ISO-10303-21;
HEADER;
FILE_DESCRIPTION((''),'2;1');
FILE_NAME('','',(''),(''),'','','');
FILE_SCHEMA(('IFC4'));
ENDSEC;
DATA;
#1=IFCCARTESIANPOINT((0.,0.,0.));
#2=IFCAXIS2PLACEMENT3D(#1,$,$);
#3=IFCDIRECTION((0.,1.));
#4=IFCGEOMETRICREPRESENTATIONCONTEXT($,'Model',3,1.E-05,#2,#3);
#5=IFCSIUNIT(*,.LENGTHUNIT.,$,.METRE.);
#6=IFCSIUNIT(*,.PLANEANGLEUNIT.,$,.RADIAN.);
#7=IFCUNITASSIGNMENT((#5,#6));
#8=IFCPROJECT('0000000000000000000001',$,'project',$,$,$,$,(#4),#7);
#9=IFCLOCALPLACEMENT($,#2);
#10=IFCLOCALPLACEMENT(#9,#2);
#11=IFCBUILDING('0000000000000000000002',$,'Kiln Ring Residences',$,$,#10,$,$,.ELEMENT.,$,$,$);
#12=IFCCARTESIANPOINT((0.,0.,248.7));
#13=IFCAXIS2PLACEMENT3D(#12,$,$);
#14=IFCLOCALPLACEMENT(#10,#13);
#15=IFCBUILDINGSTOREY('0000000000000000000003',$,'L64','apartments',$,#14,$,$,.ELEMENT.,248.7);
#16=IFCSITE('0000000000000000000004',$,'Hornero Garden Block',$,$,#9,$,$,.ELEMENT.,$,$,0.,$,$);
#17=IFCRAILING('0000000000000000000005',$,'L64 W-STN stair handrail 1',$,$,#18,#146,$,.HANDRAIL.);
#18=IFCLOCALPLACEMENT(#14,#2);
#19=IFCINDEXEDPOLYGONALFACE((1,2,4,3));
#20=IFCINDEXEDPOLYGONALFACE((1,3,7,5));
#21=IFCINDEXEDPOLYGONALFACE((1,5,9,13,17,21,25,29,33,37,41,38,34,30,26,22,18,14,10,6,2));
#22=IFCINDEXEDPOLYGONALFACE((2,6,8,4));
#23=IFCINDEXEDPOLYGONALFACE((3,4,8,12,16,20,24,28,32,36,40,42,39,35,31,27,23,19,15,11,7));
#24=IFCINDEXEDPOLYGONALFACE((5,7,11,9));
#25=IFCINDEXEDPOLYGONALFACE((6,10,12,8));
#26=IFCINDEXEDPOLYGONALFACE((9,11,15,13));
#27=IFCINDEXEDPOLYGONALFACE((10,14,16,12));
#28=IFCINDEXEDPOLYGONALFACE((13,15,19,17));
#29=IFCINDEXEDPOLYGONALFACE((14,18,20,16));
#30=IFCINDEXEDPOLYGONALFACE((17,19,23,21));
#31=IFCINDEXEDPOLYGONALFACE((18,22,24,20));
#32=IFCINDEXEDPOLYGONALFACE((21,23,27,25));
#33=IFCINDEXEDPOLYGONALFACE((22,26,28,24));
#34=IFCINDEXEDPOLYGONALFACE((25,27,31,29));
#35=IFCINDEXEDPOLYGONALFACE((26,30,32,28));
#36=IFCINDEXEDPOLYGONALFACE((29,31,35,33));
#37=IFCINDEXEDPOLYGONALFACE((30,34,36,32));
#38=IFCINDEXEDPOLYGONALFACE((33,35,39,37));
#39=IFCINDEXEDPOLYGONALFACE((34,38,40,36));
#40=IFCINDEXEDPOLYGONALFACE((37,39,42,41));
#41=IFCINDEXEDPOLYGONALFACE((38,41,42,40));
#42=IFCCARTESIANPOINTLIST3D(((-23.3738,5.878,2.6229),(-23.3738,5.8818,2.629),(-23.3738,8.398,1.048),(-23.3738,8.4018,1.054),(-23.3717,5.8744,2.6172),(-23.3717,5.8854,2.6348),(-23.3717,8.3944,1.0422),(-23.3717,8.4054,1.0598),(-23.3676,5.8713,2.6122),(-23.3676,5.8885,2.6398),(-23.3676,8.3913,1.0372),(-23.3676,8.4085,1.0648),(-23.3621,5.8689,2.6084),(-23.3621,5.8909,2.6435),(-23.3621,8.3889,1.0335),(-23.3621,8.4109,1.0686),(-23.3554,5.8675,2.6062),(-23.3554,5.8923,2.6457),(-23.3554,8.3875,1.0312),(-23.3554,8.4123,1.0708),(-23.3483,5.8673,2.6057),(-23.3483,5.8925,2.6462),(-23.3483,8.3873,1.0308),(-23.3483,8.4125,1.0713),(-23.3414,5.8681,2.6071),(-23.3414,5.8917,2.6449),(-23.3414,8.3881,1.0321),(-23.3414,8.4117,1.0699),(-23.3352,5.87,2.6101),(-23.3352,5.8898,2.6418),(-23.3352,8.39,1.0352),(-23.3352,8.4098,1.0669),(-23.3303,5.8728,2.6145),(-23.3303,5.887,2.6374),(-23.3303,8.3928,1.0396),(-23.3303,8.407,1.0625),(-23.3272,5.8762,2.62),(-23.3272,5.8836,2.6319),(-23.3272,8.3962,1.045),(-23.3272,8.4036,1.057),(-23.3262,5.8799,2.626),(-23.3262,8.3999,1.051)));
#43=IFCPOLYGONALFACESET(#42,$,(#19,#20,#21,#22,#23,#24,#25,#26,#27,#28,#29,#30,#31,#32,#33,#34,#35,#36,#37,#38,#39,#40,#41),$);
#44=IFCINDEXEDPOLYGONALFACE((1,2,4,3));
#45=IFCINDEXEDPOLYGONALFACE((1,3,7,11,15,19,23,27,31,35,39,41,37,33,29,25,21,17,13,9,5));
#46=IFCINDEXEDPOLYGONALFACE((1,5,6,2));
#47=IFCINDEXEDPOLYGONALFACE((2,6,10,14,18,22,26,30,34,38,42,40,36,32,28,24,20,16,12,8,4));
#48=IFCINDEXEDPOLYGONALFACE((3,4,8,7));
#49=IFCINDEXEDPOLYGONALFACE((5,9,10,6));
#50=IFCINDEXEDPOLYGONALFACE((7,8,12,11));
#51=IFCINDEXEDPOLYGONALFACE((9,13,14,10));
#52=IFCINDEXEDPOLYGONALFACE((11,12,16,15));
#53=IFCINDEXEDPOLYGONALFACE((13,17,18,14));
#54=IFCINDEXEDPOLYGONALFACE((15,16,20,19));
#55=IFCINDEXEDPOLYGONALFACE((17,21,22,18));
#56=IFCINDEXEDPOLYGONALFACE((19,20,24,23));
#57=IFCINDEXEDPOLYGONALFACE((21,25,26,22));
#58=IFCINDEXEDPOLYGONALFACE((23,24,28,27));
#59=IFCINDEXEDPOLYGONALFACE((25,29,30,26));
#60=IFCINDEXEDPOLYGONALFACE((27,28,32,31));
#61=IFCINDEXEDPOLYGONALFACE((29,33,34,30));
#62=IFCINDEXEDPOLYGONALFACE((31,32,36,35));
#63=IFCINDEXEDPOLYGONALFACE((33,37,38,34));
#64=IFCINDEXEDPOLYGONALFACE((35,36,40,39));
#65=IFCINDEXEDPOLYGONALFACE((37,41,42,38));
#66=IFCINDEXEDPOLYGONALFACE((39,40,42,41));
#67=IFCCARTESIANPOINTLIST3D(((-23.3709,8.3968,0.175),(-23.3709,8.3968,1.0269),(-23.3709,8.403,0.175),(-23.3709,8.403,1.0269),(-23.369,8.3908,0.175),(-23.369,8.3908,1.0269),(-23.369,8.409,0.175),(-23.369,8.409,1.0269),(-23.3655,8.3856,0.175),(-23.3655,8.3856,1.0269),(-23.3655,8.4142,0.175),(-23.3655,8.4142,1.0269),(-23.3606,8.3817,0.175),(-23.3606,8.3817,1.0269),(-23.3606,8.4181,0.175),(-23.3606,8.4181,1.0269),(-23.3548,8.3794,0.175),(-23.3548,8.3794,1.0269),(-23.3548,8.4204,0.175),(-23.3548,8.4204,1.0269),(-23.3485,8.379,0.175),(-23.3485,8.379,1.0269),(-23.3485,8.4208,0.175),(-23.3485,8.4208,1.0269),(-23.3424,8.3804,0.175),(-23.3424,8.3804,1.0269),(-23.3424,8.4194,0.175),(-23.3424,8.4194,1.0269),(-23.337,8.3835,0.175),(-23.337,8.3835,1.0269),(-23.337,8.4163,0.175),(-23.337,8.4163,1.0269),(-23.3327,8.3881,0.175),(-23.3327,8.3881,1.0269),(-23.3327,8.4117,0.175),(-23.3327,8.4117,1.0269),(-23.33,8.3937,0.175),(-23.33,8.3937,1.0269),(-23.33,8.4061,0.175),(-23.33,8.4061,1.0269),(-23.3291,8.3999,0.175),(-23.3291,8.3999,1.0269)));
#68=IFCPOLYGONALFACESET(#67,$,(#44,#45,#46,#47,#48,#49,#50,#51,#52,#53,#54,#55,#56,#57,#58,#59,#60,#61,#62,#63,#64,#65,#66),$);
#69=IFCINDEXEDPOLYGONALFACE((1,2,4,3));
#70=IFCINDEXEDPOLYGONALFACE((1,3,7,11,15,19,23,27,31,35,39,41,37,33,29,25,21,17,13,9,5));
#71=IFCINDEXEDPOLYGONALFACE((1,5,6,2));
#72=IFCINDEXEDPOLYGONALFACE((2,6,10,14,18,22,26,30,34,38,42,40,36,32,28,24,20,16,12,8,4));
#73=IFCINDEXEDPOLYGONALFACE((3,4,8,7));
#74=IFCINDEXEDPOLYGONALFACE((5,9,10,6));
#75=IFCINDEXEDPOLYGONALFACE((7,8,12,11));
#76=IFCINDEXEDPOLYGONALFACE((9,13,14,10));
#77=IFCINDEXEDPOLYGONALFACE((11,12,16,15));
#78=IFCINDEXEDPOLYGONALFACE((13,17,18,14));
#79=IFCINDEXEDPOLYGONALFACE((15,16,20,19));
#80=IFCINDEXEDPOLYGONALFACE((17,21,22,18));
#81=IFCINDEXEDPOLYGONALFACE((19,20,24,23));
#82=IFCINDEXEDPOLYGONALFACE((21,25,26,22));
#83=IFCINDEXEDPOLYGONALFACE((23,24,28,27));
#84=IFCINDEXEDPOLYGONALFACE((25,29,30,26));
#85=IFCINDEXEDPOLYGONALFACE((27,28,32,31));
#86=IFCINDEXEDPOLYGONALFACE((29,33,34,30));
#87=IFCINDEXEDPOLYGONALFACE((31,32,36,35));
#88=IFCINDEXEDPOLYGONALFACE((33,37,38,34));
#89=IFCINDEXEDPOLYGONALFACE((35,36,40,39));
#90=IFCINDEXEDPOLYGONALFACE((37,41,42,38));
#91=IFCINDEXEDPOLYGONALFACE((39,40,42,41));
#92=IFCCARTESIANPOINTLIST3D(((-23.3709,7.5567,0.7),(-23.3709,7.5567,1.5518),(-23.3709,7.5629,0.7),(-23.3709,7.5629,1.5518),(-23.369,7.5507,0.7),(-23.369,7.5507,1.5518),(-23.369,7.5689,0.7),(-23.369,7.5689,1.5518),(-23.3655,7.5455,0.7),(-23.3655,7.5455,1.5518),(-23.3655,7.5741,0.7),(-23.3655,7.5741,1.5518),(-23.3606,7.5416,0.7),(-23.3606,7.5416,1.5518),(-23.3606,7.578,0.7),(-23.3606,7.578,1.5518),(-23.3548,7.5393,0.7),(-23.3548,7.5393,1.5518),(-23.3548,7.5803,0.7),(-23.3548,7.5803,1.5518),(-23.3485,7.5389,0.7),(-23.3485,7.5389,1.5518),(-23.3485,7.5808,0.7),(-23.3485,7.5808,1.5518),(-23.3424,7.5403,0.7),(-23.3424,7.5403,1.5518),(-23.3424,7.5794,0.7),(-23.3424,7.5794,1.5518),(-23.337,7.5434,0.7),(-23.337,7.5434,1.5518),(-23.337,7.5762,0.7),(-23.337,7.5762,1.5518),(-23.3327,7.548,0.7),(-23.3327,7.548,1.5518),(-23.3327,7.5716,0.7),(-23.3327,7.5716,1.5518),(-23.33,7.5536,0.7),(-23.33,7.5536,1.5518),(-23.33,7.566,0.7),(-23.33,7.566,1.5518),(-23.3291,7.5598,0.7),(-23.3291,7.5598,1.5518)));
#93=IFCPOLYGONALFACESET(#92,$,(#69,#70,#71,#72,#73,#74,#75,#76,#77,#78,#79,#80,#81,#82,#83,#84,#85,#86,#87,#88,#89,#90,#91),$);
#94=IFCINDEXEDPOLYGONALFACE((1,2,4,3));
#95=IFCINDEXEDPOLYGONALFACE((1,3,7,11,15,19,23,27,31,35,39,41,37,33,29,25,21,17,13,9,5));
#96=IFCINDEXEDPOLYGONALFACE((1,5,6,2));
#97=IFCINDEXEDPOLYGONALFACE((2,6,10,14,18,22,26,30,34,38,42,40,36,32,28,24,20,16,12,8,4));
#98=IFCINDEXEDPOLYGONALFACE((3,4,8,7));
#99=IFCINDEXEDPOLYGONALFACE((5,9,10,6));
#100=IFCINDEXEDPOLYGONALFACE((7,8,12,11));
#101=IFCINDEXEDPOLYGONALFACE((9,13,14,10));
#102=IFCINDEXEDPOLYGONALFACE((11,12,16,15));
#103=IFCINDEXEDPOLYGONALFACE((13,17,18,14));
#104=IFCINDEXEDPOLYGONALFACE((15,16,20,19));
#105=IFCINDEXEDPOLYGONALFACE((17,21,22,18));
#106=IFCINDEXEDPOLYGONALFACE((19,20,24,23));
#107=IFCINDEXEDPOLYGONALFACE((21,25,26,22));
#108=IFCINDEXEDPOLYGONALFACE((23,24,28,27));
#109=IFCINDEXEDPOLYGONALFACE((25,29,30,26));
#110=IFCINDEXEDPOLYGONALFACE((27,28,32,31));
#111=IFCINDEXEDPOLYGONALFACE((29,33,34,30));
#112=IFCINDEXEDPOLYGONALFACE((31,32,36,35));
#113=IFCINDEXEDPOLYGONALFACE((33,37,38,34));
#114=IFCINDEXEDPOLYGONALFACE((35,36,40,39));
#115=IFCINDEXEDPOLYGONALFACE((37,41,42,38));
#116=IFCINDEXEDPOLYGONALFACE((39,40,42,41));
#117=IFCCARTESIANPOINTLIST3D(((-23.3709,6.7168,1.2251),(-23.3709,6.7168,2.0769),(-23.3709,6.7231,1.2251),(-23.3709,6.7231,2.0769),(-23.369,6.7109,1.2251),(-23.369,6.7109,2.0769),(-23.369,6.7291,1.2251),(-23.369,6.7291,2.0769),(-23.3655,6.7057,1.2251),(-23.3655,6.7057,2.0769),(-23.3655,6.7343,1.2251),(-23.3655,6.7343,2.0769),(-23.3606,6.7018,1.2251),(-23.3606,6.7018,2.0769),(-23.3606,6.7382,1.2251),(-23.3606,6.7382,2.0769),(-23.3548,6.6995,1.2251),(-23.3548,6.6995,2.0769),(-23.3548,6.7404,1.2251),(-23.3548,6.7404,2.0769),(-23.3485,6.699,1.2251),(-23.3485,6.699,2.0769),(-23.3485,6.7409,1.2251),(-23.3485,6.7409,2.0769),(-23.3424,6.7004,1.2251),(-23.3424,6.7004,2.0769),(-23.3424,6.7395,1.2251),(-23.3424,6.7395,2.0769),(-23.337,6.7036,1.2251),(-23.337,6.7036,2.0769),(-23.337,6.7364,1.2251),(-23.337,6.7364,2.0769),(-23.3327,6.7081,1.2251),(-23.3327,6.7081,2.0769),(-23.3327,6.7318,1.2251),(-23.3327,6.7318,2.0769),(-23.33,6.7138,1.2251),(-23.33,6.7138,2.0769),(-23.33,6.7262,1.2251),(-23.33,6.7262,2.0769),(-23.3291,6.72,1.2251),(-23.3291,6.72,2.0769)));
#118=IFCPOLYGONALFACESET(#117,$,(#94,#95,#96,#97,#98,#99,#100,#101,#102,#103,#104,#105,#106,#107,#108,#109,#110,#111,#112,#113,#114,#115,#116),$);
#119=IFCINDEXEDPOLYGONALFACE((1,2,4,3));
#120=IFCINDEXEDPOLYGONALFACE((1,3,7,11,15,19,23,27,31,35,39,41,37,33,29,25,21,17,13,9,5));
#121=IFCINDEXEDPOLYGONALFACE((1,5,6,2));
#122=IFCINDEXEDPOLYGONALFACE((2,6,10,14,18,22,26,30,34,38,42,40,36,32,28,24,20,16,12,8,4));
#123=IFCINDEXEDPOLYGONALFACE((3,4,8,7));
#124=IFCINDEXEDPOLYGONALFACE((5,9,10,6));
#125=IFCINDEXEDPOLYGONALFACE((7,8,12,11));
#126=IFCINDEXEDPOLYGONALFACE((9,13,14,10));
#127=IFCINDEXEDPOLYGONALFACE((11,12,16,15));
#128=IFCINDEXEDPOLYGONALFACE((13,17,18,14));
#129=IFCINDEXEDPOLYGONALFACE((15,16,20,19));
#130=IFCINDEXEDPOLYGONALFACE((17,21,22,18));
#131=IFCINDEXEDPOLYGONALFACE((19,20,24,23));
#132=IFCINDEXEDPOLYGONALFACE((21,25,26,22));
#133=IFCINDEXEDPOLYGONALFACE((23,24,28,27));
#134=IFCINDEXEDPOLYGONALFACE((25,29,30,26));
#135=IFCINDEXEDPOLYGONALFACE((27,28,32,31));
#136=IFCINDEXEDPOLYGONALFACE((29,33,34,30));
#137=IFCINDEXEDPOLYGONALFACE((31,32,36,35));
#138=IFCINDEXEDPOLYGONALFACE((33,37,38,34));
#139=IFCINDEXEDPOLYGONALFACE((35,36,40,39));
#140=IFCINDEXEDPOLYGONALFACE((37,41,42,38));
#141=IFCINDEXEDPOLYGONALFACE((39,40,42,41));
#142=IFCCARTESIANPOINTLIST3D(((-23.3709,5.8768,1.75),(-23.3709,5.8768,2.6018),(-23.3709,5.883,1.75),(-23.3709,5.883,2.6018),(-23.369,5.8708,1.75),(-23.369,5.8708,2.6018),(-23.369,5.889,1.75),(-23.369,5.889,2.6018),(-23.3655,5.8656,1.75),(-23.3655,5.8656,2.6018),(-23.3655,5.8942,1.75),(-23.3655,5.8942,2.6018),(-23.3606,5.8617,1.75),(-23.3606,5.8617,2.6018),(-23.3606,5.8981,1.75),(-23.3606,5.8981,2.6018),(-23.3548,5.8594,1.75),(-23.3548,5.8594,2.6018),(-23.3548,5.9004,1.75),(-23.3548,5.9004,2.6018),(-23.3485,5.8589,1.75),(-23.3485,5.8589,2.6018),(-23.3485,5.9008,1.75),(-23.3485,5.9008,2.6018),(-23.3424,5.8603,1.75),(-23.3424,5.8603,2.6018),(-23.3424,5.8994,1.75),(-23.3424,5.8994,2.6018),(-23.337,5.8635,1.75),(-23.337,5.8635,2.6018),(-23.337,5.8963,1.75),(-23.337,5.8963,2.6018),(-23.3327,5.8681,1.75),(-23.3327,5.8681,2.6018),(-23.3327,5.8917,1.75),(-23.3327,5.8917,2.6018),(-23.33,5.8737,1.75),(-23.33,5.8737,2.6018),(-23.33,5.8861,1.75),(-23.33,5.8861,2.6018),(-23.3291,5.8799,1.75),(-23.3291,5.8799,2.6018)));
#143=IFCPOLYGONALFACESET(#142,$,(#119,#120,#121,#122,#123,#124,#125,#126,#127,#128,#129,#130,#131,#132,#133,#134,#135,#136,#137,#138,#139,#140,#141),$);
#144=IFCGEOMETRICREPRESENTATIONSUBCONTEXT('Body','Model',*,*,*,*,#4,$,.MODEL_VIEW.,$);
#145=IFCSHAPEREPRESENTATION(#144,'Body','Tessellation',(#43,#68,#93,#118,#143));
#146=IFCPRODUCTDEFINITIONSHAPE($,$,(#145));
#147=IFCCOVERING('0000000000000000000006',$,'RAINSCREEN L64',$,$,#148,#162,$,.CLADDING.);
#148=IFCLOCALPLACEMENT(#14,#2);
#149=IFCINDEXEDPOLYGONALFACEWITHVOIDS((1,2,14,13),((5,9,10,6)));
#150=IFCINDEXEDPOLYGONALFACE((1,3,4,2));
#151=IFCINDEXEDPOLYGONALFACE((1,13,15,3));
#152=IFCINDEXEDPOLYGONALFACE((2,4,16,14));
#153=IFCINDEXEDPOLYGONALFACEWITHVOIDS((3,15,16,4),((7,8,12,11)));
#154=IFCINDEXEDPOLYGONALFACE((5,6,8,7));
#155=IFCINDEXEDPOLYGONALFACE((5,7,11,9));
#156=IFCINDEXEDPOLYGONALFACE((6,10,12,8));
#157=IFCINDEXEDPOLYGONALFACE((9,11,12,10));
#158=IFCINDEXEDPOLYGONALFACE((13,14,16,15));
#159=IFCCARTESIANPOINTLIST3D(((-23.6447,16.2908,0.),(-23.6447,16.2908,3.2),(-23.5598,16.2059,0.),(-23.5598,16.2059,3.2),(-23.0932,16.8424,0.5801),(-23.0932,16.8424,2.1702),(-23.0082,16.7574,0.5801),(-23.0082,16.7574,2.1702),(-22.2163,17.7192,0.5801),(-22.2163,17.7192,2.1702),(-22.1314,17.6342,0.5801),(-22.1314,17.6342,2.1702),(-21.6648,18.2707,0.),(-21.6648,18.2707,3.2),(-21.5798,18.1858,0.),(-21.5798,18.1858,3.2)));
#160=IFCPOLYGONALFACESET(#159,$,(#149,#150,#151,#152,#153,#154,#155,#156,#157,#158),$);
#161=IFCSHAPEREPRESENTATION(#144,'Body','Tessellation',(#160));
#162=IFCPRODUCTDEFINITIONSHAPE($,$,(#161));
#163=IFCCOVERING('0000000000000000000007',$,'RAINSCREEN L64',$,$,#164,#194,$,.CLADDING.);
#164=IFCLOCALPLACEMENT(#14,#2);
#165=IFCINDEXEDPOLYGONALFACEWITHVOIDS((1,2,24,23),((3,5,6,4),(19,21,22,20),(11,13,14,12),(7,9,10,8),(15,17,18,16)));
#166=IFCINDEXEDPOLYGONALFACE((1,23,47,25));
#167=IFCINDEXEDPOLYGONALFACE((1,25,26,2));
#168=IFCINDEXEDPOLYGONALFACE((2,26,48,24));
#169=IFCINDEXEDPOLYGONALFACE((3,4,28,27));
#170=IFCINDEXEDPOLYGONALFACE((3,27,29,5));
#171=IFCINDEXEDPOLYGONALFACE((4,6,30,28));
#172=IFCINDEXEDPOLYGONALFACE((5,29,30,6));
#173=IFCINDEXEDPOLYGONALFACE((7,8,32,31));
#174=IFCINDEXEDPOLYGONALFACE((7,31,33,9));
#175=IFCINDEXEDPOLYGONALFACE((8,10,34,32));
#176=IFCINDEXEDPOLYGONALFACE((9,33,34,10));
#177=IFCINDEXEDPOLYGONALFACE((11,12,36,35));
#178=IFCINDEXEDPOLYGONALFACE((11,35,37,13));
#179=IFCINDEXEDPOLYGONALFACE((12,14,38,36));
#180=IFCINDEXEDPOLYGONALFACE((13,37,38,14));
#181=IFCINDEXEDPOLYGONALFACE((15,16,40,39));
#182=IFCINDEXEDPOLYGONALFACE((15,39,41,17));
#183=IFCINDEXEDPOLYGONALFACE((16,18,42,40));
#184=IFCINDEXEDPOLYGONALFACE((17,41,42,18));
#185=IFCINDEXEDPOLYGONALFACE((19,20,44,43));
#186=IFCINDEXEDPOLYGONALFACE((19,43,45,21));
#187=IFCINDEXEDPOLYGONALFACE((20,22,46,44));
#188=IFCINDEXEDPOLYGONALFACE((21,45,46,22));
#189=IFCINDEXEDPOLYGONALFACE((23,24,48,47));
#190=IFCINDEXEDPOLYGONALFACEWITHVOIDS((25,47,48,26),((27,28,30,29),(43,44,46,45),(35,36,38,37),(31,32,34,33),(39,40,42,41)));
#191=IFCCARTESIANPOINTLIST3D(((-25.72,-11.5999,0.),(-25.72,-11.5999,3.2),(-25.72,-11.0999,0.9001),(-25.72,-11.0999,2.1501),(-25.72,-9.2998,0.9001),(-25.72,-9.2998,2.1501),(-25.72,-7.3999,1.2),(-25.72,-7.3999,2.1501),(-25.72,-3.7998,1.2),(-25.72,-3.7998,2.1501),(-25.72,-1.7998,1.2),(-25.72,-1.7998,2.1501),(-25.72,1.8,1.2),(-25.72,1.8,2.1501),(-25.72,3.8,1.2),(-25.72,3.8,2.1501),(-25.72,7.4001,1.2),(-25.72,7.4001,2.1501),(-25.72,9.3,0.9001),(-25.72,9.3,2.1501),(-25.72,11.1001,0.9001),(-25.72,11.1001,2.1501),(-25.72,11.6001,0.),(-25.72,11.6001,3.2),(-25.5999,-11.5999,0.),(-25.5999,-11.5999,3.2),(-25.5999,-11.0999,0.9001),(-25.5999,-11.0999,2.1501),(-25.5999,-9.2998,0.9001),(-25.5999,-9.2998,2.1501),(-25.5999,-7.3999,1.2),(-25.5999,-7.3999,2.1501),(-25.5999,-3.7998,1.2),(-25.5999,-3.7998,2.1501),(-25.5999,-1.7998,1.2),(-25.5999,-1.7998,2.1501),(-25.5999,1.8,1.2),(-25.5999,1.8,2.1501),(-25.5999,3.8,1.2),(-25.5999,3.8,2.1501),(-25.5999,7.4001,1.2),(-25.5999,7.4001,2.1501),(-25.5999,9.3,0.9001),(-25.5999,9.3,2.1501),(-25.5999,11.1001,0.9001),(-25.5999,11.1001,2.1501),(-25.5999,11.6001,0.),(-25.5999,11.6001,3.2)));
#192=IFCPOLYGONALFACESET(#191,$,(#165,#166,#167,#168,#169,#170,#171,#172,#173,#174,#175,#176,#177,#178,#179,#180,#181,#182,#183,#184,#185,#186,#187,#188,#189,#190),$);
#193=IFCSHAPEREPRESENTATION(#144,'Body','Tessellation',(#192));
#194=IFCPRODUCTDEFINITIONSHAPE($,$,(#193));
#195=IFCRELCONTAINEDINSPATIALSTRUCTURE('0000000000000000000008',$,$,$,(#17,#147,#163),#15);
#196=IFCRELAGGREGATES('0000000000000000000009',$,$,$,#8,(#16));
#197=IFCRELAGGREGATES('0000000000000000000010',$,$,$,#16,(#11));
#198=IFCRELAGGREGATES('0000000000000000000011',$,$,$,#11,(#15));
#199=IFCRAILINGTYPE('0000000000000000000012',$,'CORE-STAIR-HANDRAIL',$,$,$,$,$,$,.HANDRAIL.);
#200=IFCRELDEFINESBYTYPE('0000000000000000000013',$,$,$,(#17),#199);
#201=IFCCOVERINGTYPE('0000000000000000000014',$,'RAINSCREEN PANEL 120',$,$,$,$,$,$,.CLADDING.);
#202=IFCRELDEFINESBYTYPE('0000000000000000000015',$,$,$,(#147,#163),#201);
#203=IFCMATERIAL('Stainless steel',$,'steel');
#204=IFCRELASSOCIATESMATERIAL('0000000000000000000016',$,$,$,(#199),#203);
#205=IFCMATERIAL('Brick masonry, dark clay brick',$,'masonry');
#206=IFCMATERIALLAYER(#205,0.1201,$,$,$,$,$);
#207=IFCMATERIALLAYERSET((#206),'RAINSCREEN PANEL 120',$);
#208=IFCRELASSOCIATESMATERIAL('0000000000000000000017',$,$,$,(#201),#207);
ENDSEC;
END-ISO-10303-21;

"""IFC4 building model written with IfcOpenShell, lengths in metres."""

from ifc_helpers import new_model, si_unit, direction, frame, origin, origin_2d, place, context, subcontext, project, spatial, polyline, circle, outline, extrude, material, layer, layer_set, type_object, element, save


model = new_model("IFC4")

# Units and contexts
model_context = context("Model", 3, precision=1e-05, world=origin(), true_north=direction((0.0, 1.0)))
body_context = subcontext(model_context, "Body", "Model", "MODEL_VIEW")
ifc_project = project(units=[si_unit("LENGTHUNIT", "METRE"), si_unit("PLANEANGLEUNIT", "RADIAN")], contexts=[model_context])

# Site, building, storey
site_placement = place(None, origin())
site = spatial("IfcSite", under=ifc_project, at=site_placement, Name="Hornero Garden Block", CompositionType="ELEMENT", RefElevation=0.0)
building_placement = place(site_placement, origin())
building = spatial("IfcBuilding", under=site, at=building_placement, Name="Kiln Ring Residences", CompositionType="ELEMENT")
storey_placement = place(building_placement, frame((0.0, 0.0, 248.7)))
storey = spatial("IfcBuildingStorey", under=building, at=storey_placement, Name="L64", Description="apartments", CompositionType="ELEMENT", Elevation=248.7)

# Railing
ifc_material_1 = material(Name="Stainless steel", Category="steel")
railing_type_1 = type_object("IfcRailingType", Name="CORE-STAIR-HANDRAIL", PredefinedType="HANDRAIL", material=ifc_material_1)
railing_1_placement = place(storey_placement, frame((-23.3501, 8.3999, 0.175)))
element("IfcRailing", 1, at=railing_1_placement, inside=storey, type_object=railing_type_1, Name="L64 W-STN stair handrail 1", PredefinedType="HANDRAIL", context=body_context, shape_type="SweptSolid", body=[
    extrude(circle(Radius=0.0239, at=origin_2d()), frame((0.0, 0.0, 0.876), z_axis=(0.0, -0.848008, 0.529984), x_axis=(1.0, 0.0, 0.0)), (0.0, 0.0, 1.0), 2.9717),
    extrude(circle(Radius=0.021, at=origin_2d()), origin(), (0.0, 0.0, 1.0), 0.8518),
    extrude(circle(Radius=0.021, at=origin_2d()), frame((0.0, -0.8401, 0.5249)), (0.0, 0.0, 1.0), 0.8518),
    extrude(circle(Radius=0.021, at=origin_2d()), frame((0.0, -1.6799, 1.05)), (0.0, 0.0, 1.0), 0.8518),
    extrude(circle(Radius=0.021, at=origin_2d()), frame((0.0, -2.52, 1.575)), (0.0, 0.0, 1.0), 0.8518),
])

# Coverings
ifc_material_2 = material(Name="Brick masonry, dark clay brick", Category="masonry")
ifc_layer_1 = layer(ifc_material_2, 0.1201)
ifc_layer_set_1 = layer_set([ifc_layer_1], Name="RAINSCREEN PANEL 120")
covering_type = type_object("IfcCoveringType", Name="RAINSCREEN PANEL 120", PredefinedType="CLADDING", material=ifc_layer_set_1)
covering_1_placement = place(storey_placement, frame((-21.6223, 18.2283, 0.0), z_axis=(0.0, 0.0, 1.0), x_axis=(-0.707107, -0.707107, 0.0)))
element("IfcCovering", 2, at=covering_1_placement, inside=storey, type_object=covering_type, Name="RAINSCREEN L64", PredefinedType="CLADDING", context=body_context, shape_type="SweptSolid", body=[
    extrude(outline(polyline([(0.0, 0.0), (2.8, 0.0), (2.8, 3.2), (0.0, 3.2), (0.0, 0.0)]), holes=[polyline([(0.78, 2.1702), (0.78, 0.5801), (2.02, 0.5801), (2.02, 2.1702), (0.78, 2.1702)])]), frame((0.0, 0.0601, 0.0), z_axis=(0.0, -1.0, 0.0), x_axis=(1.0, 0.0, 0.0)), (0.0, 0.0, 1.0), 0.1201),
])
covering_2_placement = place(storey_placement, frame((-25.6599, 11.6001, 0.0), z_axis=(0.0, 0.0, 1.0), x_axis=(0.0, -1.0, 0.0)))
element("IfcCovering", 3, at=covering_2_placement, inside=storey, type_object=covering_type, Name="RAINSCREEN L64", PredefinedType="CLADDING", context=body_context, shape_type="SweptSolid", body=[
    extrude(outline(polyline([(0.0, 0.0), (23.2, 0.0), (23.2, 3.2), (0.0, 3.2), (0.0, 0.0)]), holes=[polyline([(2.3, 0.9001), (2.3, 2.1501), (0.5, 2.1501), (0.5, 0.9001), (2.3, 0.9001)]), polyline([(22.7, 0.9001), (22.7, 2.1501), (20.8999, 2.1501), (20.8999, 0.9001), (22.7, 0.9001)]), polyline([(7.8, 1.2), (7.8, 2.1501), (4.2, 2.1501), (4.2, 1.2), (7.8, 1.2)]), polyline([(9.8, 1.2), (13.3999, 1.2), (13.3999, 2.1501), (9.8, 2.1501), (9.8, 1.2)]), polyline([(15.3999, 1.2), (19.0, 1.2), (19.0, 2.1501), (15.3999, 2.1501), (15.3999, 1.2)])]), frame((0.0, 0.0601, 0.0), z_axis=(0.0, -1.0, 0.0), x_axis=(1.0, 0.0, 0.0)), (0.0, 0.0, 1.0), 0.1201),
])

save(model, "model.ifc")
